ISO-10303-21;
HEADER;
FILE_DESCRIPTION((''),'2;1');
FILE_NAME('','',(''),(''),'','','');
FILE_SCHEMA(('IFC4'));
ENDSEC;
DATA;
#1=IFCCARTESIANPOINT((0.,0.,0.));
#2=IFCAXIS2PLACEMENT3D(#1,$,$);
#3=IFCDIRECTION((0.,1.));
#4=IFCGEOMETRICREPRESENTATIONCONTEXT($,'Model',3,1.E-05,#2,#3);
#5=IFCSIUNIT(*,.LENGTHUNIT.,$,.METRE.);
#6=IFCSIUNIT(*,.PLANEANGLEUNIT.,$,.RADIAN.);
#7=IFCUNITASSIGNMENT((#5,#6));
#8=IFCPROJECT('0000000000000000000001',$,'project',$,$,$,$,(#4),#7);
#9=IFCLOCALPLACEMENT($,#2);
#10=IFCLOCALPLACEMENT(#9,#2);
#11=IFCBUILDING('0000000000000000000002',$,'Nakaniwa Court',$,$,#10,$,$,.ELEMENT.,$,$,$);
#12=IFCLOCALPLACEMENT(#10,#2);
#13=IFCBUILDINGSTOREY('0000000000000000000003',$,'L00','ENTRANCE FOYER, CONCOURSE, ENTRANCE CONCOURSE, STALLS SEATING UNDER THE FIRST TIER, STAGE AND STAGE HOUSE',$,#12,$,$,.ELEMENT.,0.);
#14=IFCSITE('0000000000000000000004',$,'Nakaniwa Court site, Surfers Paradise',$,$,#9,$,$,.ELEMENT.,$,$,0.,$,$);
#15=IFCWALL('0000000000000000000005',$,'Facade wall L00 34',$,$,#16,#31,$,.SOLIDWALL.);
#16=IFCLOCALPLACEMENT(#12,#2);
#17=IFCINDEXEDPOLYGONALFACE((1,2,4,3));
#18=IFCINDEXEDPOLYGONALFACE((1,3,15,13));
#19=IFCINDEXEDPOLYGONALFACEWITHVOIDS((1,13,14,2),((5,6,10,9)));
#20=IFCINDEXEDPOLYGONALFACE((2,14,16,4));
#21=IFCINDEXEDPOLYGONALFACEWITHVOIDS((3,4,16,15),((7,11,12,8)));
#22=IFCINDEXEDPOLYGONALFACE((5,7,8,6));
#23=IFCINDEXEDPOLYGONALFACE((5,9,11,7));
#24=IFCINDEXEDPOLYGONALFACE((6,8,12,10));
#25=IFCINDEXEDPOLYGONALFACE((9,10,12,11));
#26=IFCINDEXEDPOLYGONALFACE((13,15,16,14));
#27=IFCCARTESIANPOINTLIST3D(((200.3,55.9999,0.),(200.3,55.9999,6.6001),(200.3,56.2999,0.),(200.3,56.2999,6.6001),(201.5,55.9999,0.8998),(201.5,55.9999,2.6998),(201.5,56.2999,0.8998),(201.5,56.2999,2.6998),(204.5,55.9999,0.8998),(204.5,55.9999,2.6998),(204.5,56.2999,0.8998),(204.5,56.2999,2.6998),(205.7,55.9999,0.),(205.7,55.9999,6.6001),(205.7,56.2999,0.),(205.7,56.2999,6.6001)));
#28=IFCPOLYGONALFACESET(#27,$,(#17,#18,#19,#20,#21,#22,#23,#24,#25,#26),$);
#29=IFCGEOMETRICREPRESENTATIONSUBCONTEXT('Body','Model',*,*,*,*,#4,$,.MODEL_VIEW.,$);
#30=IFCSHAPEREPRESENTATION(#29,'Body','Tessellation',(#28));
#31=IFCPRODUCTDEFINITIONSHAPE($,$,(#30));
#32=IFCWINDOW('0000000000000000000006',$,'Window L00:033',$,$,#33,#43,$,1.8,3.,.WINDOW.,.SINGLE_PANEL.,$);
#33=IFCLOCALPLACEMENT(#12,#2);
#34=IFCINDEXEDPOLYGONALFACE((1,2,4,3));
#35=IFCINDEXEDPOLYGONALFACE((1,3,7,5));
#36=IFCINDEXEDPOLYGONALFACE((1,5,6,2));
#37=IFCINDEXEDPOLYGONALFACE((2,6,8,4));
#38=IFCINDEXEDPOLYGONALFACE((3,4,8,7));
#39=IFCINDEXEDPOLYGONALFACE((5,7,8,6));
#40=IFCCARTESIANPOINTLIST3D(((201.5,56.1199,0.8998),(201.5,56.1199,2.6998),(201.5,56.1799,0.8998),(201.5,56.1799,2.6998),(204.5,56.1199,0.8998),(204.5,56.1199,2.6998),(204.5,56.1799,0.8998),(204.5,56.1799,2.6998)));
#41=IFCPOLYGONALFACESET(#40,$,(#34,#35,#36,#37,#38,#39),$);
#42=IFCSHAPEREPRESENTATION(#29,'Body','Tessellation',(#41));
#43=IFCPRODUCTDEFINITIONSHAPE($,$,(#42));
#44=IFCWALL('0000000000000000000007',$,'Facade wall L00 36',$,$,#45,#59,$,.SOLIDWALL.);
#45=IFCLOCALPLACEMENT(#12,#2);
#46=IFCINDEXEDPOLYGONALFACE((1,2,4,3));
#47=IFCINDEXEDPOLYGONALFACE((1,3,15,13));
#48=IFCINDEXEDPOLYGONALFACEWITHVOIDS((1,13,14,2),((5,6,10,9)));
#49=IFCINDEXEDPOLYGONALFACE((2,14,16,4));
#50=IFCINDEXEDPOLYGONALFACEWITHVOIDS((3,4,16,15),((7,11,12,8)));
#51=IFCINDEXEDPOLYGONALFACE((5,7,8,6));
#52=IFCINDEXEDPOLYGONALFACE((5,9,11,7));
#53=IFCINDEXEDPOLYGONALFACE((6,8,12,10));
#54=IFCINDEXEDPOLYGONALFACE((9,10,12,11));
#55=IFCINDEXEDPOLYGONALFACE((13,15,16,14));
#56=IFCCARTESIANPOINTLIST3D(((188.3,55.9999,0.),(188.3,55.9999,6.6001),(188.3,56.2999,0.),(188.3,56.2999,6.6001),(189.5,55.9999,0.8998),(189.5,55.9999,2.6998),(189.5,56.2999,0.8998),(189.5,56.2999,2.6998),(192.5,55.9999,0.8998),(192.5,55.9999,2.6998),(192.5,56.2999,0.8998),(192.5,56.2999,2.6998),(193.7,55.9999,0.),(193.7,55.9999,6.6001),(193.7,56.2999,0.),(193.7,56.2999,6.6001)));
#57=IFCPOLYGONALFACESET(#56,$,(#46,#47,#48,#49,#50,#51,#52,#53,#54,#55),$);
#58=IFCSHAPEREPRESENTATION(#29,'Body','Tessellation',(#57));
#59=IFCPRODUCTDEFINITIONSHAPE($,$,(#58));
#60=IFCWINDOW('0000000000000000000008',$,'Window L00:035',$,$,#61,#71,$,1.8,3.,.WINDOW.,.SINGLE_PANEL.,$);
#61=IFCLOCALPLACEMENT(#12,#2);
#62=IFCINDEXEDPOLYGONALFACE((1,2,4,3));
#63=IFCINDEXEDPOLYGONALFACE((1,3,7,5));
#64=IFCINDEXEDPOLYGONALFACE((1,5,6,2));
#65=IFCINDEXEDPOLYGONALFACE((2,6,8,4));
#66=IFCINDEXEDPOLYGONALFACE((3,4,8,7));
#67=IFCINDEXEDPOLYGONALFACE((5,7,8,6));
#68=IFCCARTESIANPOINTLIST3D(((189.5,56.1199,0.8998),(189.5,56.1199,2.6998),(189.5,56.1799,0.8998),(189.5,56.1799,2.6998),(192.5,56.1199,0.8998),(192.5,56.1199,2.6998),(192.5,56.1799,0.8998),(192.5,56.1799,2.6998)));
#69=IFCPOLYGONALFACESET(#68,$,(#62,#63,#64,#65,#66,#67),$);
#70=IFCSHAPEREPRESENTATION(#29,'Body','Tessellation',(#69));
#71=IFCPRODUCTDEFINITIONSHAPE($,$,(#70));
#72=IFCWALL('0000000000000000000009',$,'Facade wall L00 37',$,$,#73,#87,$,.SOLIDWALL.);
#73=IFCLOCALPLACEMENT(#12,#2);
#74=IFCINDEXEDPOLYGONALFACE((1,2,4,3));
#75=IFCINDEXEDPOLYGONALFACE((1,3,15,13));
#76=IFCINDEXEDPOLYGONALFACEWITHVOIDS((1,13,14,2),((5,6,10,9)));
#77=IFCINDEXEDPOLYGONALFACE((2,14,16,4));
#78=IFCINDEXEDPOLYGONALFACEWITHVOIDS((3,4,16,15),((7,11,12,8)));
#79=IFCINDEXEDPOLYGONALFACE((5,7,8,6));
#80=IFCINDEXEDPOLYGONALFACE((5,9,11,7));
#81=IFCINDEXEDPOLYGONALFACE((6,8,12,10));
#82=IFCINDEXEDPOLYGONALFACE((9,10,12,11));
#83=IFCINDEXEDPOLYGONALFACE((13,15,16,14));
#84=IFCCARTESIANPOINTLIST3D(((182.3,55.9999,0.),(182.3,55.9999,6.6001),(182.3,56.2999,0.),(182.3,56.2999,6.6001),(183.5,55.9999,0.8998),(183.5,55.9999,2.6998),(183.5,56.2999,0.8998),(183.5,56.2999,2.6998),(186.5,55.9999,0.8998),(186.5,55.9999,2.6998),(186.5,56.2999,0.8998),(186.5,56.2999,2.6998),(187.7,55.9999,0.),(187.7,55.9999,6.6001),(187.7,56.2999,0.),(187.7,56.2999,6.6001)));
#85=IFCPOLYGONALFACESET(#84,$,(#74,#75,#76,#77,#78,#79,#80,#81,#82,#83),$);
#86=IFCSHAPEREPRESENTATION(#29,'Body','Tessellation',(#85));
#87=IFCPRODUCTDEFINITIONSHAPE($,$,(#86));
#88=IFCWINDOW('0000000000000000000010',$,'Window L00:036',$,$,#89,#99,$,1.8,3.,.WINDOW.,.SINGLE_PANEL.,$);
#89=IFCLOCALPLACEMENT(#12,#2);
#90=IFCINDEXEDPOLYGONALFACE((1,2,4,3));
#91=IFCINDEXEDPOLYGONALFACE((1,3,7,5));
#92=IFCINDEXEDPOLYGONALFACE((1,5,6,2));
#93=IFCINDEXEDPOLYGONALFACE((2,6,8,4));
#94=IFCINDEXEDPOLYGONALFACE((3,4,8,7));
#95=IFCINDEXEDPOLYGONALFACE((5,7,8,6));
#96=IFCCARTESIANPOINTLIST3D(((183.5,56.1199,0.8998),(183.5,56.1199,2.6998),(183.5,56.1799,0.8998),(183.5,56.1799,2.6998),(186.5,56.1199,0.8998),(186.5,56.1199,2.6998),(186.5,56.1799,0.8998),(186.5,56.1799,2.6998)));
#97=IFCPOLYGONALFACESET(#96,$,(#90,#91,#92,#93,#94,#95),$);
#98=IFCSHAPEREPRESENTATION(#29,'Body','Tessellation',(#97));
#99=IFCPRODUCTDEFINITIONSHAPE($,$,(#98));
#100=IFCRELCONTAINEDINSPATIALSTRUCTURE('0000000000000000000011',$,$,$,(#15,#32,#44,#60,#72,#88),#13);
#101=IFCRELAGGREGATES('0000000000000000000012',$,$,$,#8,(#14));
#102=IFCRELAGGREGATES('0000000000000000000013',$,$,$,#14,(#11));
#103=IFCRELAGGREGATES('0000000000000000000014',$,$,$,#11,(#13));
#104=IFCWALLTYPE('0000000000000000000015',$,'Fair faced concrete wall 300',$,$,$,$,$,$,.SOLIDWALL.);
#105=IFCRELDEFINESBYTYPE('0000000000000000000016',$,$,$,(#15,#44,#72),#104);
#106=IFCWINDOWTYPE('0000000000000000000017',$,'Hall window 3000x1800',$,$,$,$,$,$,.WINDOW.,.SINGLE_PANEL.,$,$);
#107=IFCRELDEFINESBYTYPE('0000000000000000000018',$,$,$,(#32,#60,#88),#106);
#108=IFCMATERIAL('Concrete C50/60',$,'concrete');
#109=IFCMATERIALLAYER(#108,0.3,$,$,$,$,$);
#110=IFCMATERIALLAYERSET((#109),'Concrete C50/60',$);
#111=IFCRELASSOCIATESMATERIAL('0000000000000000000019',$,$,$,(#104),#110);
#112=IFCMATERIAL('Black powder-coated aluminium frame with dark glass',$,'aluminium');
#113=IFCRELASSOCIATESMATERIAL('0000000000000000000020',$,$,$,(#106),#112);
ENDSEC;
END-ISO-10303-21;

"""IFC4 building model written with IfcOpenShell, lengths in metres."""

from ifc_helpers import new_model, si_unit, direction, frame, frame_2d, origin, place, context, subcontext, project, spatial, rectangle, extrude, material, layer, layer_set, type_object, element, fill, save


model = new_model("IFC4")

# Units and contexts
model_context = context("Model", 3, precision=1e-05, world=origin(), true_north=direction((0.0, 1.0)))
body_context = subcontext(model_context, "Body", "Model", "MODEL_VIEW")
ifc_project = project(units=[si_unit("LENGTHUNIT", "METRE"), si_unit("PLANEANGLEUNIT", "RADIAN")], contexts=[model_context])

# Site, building, storey
site_placement = place(None, origin())
site = spatial("IfcSite", under=ifc_project, at=site_placement, Name="Nakaniwa Court site, Surfers Paradise", CompositionType="ELEMENT", RefElevation=0.0)
building_placement = place(site_placement, origin())
building = spatial("IfcBuilding", under=site, at=building_placement, Name="Nakaniwa Court", CompositionType="ELEMENT")
storey_placement = place(building_placement, origin())
storey = spatial("IfcBuildingStorey", under=building, at=storey_placement, Name="L00", Description="ENTRANCE FOYER, CONCOURSE, ENTRANCE CONCOURSE, STALLS SEATING UNDER THE FIRST TIER, STAGE AND STAGE HOUSE", CompositionType="ELEMENT", Elevation=0.0)

# Shared definitions
ifc_material_1 = material(Name="Concrete C50/60", Category="concrete")

# Wall, opening, window
ifc_layer = layer(ifc_material_1, 0.3)
ifc_layer_set = layer_set([ifc_layer], Name="Concrete C50/60")
wall_type = type_object("IfcWallType", Name="Fair faced concrete wall 300", PredefinedType="SOLIDWALL", material=ifc_layer_set)
wall_1_placement = place(storey_placement, frame((205.7, 56.1499, 0.0), z_axis=(0.0, 0.0, 1.0), x_axis=(-1.0, 0.0, 0.0)))
wall_1 = element("IfcWall", 1, at=wall_1_placement, inside=storey, type_object=wall_type, Name="Facade wall L00 34", PredefinedType="SOLIDWALL", context=body_context, shape_type="SweptSolid", body=[
    extrude(rectangle(XDim=5.3999, YDim=0.3, at=frame_2d((2.7, 0.0))), origin(), (0.0, 0.0, 1.0), 6.6001),
])
opening_1_placement = place(wall_1_placement, frame((1.2, 0.0, 0.8999)))
opening_1 = element("IfcOpeningElement", 2, at=opening_1_placement, cuts=wall_1, PredefinedType="OPENING", context=body_context, shape_type="SweptSolid", body=[
    extrude(rectangle(XDim=3.0, YDim=1.8, at=frame_2d((1.5, 0.8999))), frame((0.0, 0.1599, 0.0), z_axis=(0.0, -1.0, 0.0), x_axis=(1.0, 0.0, 0.0)), (0.0, 0.0, 1.0), 0.3201),
])
ifc_material_2 = material(Name="Black powder-coated aluminium frame with dark glass", Category="aluminium")
window_type = type_object("IfcWindowType", Name="Hall window 3000x1800", PartitioningType="SINGLE_PANEL", PredefinedType="WINDOW", material=ifc_material_2)
window_1_placement = place(opening_1_placement, origin())
window_1 = element("IfcWindow", 3, at=window_1_placement, inside=storey, type_object=window_type, Name="Window L00:033", OverallHeight=1.8, OverallWidth=3.0, PartitioningType="SINGLE_PANEL", PredefinedType="WINDOW", context=body_context, shape_type="SweptSolid", body=[
    extrude(rectangle(XDim=3.0, YDim=1.8, at=frame_2d((1.5, 0.8999))), frame((0.0, 0.03, 0.0), z_axis=(0.0, -1.0, 0.0), x_axis=(1.0, 0.0, 0.0)), (0.0, 0.0, 1.0), 0.0601),
])
fill(opening_1, window_1)

# Walls, openings, windows
wall_2_placement = place(storey_placement, frame((193.7, 56.1499, 0.0), z_axis=(0.0, 0.0, 1.0), x_axis=(-1.0, 0.0, 0.0)))
wall_2 = element("IfcWall", 4, at=wall_2_placement, inside=storey, type_object=wall_type, Name="Facade wall L00 36", PredefinedType="SOLIDWALL", context=body_context, shape_type="SweptSolid", body=[
    extrude(rectangle(XDim=5.3999, YDim=0.3, at=frame_2d((2.7, 0.0))), origin(), (0.0, 0.0, 1.0), 6.6001),
])
opening_2_placement = place(wall_2_placement, frame((1.2, 0.0, 0.8999)))
opening_2 = element("IfcOpeningElement", 5, at=opening_2_placement, cuts=wall_2, PredefinedType="OPENING", context=body_context, shape_type="SweptSolid", body=[
    extrude(rectangle(XDim=3.0, YDim=1.8, at=frame_2d((1.5, 0.8999))), frame((0.0, 0.1599, 0.0), z_axis=(0.0, -1.0, 0.0), x_axis=(1.0, 0.0, 0.0)), (0.0, 0.0, 1.0), 0.3201),
])
window_2_placement = place(opening_2_placement, origin())
window_2 = element("IfcWindow", 6, at=window_2_placement, inside=storey, type_object=window_type, Name="Window L00:035", OverallHeight=1.8, OverallWidth=3.0, PartitioningType="SINGLE_PANEL", PredefinedType="WINDOW", context=body_context, shape_type="SweptSolid", body=[
    extrude(rectangle(XDim=3.0, YDim=1.8, at=frame_2d((1.5, 0.8999))), frame((0.0, 0.03, 0.0), z_axis=(0.0, -1.0, 0.0), x_axis=(1.0, 0.0, 0.0)), (0.0, 0.0, 1.0), 0.0601),
])
fill(opening_2, window_2)
wall_3_placement = place(storey_placement, frame((187.7, 56.1499, 0.0), z_axis=(0.0, 0.0, 1.0), x_axis=(-1.0, 0.0, 0.0)))
wall_3 = element("IfcWall", 7, at=wall_3_placement, inside=storey, type_object=wall_type, Name="Facade wall L00 37", PredefinedType="SOLIDWALL", context=body_context, shape_type="SweptSolid", body=[
    extrude(rectangle(XDim=5.3999, YDim=0.3, at=frame_2d((2.7, 0.0))), origin(), (0.0, 0.0, 1.0), 6.6001),
])
opening_3_placement = place(wall_3_placement, frame((1.2, 0.0, 0.8999)))
opening_3 = element("IfcOpeningElement", 8, at=opening_3_placement, cuts=wall_3, PredefinedType="OPENING", context=body_context, shape_type="SweptSolid", body=[
    extrude(rectangle(XDim=3.0, YDim=1.8, at=frame_2d((1.5, 0.8999))), frame((0.0, 0.1599, 0.0), z_axis=(0.0, -1.0, 0.0), x_axis=(1.0, 0.0, 0.0)), (0.0, 0.0, 1.0), 0.3201),
])
window_3_placement = place(opening_3_placement, origin())
window_3 = element("IfcWindow", 9, at=window_3_placement, inside=storey, type_object=window_type, Name="Window L00:036", OverallHeight=1.8, OverallWidth=3.0, PartitioningType="SINGLE_PANEL", PredefinedType="WINDOW", context=body_context, shape_type="SweptSolid", body=[
    extrude(rectangle(XDim=3.0, YDim=1.8, at=frame_2d((1.5, 0.8999))), frame((0.0, 0.03, 0.0), z_axis=(0.0, -1.0, 0.0), x_axis=(1.0, 0.0, 0.0)), (0.0, 0.0, 1.0), 0.0601),
])
fill(opening_3, window_3)

save(model, "model.ifc")
